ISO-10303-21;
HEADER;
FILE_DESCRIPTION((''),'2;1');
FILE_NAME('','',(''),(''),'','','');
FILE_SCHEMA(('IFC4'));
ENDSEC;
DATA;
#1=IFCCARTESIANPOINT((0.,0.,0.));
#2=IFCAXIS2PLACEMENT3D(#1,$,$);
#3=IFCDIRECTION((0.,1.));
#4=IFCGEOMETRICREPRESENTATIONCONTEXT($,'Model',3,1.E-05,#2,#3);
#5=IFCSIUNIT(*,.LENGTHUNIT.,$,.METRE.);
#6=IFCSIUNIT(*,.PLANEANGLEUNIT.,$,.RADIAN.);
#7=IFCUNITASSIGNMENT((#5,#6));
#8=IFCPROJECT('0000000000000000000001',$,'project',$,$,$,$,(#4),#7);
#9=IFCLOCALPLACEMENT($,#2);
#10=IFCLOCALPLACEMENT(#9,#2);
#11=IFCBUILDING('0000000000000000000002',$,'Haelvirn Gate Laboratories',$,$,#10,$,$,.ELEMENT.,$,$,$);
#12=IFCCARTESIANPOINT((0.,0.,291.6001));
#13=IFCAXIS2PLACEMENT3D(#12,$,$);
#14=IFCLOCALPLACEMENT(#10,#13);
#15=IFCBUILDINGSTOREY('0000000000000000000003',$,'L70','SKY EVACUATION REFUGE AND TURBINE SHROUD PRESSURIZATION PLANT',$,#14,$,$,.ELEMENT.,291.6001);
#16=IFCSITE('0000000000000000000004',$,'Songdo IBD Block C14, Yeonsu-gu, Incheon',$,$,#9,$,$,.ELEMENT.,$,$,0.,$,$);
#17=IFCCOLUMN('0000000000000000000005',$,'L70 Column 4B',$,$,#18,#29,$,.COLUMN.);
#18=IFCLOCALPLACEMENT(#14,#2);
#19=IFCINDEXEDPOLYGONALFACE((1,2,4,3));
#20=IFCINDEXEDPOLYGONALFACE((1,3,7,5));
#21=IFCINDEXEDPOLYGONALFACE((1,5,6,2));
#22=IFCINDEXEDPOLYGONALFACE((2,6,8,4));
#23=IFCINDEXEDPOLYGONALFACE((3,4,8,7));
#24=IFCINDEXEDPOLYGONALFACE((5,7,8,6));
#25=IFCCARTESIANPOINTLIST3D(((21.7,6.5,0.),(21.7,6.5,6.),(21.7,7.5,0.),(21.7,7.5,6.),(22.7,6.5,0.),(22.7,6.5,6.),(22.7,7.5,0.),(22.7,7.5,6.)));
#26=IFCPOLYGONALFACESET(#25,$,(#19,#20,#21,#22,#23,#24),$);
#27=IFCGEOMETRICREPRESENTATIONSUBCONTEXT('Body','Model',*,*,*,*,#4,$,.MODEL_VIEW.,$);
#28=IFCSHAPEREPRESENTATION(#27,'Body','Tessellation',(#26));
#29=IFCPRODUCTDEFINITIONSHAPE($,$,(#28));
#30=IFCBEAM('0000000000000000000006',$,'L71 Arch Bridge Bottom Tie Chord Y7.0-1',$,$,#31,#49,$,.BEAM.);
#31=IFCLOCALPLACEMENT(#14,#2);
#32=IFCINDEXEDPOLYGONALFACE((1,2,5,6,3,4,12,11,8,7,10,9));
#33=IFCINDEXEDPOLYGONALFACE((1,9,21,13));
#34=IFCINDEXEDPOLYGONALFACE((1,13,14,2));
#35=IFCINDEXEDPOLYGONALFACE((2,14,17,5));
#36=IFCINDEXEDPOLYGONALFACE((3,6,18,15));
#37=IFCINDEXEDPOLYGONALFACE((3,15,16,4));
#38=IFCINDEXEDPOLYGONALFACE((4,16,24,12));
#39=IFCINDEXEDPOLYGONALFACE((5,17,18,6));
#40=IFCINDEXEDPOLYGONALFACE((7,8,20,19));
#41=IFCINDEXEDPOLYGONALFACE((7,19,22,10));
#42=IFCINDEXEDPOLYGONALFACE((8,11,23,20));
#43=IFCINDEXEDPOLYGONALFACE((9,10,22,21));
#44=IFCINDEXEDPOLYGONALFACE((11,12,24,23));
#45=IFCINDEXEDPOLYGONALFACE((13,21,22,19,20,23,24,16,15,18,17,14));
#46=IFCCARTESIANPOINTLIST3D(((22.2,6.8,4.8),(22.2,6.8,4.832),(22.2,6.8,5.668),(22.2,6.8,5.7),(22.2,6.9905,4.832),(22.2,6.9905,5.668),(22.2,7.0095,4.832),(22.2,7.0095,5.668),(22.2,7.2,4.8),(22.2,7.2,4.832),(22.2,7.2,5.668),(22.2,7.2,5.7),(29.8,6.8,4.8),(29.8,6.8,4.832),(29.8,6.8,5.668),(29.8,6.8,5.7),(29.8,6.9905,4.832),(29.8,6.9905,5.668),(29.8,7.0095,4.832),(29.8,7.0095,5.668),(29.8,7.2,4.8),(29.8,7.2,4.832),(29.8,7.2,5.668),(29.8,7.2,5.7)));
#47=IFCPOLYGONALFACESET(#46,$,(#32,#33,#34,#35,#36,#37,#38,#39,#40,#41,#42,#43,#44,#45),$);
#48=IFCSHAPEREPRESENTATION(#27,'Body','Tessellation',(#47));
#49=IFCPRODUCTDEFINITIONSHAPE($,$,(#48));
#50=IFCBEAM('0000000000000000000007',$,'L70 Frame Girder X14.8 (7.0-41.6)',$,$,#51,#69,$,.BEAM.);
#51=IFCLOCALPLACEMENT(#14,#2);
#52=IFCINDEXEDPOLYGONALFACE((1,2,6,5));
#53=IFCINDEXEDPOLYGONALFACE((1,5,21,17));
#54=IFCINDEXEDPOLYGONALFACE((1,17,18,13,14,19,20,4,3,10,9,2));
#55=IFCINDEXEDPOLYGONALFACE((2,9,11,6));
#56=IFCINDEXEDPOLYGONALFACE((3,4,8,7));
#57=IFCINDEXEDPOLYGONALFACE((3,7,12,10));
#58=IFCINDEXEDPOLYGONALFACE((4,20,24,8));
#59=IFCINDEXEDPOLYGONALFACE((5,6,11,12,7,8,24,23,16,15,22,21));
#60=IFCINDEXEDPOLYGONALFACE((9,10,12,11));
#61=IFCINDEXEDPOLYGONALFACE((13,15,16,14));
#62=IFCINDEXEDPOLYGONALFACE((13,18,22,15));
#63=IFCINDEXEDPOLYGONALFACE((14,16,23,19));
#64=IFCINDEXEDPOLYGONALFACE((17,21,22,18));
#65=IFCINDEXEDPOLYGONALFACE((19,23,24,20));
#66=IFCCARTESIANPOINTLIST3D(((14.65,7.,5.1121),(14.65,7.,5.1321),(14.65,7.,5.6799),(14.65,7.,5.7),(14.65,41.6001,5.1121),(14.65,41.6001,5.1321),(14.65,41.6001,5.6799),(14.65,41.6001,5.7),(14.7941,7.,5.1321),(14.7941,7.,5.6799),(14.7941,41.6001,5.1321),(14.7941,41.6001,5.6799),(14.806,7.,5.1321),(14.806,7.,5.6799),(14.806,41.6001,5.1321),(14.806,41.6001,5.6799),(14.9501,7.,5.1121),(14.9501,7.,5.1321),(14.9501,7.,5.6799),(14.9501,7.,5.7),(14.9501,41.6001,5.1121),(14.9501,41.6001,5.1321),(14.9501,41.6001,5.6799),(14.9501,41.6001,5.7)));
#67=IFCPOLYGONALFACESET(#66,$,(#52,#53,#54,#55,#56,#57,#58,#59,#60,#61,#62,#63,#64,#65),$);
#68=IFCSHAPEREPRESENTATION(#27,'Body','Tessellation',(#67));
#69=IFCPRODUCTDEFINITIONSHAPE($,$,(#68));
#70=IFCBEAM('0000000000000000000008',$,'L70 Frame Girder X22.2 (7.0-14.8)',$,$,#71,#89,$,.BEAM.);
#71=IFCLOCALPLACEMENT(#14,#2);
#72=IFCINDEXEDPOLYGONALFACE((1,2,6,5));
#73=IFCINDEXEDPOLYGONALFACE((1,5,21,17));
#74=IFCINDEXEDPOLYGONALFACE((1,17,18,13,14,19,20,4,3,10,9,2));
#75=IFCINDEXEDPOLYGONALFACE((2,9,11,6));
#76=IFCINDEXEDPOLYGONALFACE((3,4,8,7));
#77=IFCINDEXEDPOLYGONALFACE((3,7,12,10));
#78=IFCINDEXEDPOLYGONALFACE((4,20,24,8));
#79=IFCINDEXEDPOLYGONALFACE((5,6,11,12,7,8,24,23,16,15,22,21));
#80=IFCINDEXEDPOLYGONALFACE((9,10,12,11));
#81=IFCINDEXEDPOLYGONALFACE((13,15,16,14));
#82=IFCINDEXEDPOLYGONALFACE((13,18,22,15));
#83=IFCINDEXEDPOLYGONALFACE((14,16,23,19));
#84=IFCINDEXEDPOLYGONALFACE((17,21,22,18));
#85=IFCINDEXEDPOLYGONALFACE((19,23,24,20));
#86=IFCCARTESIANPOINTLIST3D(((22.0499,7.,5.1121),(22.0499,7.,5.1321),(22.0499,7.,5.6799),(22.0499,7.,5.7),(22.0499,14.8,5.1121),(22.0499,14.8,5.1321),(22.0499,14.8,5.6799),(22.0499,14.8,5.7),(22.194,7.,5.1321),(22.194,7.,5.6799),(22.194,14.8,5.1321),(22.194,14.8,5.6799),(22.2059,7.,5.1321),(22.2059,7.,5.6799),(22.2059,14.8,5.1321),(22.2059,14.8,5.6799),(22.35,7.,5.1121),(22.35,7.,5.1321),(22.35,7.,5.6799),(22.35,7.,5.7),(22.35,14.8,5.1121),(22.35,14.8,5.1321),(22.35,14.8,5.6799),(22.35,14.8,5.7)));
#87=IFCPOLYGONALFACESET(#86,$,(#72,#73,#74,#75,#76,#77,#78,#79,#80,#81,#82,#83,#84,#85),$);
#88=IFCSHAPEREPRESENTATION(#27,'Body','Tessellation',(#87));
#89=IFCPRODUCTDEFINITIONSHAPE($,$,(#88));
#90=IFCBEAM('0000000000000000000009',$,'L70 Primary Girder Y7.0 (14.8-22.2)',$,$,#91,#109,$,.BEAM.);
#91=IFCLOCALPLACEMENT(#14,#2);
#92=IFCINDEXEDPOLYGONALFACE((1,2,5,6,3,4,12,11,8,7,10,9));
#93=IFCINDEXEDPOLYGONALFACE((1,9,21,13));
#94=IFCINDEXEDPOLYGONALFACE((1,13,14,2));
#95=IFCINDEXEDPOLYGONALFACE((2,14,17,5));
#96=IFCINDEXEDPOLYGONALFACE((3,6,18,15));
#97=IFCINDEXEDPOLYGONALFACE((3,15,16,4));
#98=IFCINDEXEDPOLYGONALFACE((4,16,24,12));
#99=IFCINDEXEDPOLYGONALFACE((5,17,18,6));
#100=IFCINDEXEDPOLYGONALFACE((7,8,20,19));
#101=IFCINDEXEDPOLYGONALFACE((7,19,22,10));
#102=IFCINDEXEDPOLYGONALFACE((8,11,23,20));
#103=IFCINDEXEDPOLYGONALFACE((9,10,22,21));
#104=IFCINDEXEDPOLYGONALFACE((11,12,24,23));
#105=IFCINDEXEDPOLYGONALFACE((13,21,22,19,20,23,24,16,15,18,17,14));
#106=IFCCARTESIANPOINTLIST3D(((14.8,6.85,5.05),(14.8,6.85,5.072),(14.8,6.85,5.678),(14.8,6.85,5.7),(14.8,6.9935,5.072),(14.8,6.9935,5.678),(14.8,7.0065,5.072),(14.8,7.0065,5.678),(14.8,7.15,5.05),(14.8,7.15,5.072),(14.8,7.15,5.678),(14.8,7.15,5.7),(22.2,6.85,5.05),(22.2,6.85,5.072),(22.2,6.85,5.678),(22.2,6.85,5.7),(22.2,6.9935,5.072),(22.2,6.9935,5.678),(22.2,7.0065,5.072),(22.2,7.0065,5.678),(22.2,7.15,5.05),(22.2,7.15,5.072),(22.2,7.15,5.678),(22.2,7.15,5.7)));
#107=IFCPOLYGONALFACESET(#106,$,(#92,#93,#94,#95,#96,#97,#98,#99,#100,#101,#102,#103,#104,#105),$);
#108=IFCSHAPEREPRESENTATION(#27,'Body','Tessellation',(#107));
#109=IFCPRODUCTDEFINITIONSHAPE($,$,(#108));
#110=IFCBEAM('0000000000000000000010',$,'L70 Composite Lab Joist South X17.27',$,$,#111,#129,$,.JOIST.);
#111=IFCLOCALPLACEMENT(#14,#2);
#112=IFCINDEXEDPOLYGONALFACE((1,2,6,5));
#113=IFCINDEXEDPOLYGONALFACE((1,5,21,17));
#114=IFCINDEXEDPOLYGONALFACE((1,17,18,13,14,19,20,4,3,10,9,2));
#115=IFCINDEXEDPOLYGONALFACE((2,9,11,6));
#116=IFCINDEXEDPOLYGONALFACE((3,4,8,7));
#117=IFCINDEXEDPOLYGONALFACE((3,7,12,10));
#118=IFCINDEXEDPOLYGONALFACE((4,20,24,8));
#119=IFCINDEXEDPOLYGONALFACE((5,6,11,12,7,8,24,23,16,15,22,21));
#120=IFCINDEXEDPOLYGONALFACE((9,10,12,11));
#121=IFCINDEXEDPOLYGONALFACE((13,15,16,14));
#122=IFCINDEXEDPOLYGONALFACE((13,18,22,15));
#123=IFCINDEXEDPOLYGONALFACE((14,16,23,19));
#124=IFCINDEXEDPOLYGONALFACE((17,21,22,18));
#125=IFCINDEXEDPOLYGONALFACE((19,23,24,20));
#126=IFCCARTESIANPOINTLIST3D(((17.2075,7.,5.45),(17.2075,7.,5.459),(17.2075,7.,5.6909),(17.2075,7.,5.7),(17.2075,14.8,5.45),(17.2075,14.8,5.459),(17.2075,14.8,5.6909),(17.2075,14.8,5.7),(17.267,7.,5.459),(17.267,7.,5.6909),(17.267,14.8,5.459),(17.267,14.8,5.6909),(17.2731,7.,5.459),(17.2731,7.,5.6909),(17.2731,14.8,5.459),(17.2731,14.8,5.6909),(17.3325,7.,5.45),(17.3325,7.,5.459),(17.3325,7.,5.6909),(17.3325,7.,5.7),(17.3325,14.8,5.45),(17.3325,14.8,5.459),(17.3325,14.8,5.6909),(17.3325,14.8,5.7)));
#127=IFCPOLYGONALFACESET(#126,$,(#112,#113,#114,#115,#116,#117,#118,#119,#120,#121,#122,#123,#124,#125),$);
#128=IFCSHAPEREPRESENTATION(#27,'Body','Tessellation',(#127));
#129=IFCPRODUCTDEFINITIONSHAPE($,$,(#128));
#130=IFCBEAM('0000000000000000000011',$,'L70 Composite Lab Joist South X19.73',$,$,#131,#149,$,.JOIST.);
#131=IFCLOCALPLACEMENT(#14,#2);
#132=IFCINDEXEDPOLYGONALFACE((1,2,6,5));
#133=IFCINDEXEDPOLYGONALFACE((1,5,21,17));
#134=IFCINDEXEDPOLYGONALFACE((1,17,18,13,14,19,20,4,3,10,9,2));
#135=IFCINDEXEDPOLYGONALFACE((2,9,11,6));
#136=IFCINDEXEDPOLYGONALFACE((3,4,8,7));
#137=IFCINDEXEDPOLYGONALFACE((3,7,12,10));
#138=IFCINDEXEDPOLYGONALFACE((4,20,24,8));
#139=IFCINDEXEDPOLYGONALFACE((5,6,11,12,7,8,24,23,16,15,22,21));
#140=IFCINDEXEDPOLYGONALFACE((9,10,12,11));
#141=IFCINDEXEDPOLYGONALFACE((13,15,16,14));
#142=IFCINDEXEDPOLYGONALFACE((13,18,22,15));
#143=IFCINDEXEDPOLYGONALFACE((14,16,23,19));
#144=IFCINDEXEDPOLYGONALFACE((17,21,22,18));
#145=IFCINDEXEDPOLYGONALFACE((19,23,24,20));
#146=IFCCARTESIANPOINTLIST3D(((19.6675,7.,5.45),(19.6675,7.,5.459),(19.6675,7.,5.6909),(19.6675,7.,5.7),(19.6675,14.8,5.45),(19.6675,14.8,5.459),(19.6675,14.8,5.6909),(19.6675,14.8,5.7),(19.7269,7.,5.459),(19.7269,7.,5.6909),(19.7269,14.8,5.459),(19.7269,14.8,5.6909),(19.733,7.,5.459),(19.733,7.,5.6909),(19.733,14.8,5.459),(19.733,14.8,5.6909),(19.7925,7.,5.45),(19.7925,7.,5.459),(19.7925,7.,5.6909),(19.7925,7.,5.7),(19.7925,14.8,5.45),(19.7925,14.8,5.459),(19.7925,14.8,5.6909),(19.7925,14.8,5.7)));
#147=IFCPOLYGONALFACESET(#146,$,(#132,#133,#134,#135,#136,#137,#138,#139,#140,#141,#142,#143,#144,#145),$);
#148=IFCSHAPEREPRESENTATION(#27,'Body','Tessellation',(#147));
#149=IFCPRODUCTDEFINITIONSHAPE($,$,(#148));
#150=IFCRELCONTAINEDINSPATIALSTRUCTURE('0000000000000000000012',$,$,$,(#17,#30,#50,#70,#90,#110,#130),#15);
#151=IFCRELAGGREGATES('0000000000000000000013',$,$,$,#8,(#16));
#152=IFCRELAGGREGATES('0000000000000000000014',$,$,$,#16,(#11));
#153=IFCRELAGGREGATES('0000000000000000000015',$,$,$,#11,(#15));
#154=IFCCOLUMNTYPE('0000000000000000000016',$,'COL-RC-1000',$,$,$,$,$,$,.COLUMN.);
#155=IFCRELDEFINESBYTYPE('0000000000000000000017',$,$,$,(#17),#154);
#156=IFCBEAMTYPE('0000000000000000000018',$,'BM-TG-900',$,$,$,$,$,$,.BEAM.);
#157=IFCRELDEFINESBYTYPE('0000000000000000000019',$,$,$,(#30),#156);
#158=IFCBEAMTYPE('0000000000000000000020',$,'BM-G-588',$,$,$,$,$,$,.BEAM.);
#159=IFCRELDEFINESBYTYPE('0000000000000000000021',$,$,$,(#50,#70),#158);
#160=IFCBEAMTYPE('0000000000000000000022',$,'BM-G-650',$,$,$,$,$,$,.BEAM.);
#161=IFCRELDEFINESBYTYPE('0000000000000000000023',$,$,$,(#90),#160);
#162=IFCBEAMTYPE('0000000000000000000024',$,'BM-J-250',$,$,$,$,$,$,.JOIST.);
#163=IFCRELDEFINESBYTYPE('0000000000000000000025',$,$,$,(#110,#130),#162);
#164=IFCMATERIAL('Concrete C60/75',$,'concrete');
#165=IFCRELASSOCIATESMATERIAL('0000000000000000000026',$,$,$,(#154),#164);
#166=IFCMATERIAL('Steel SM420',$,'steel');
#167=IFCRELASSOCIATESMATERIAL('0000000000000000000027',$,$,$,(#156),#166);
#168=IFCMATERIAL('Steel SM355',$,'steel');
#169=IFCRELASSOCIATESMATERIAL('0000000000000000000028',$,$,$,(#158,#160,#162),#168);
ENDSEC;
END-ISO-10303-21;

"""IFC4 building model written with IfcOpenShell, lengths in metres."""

from ifc_helpers import new_model, si_unit, direction, frame, origin, origin_2d, place, context, subcontext, project, spatial, rectangle, i_section, extrude, source, transform, mapped, material, material_profile, profile_set, type_object, type_shapes, element, save


model = new_model("IFC4")

# Units and contexts
model_context = context("Model", 3, precision=1e-05, world=origin(), true_north=direction((0.0, 1.0)))
body_context = subcontext(model_context, "Body", "Model", "MODEL_VIEW")
ifc_project = project(units=[si_unit("LENGTHUNIT", "METRE"), si_unit("PLANEANGLEUNIT", "RADIAN")], contexts=[model_context])

# Site, building, storey
site_placement = place(None, origin())
site = spatial("IfcSite", under=ifc_project, at=site_placement, Name="Songdo IBD Block C14, Yeonsu-gu, Incheon", CompositionType="ELEMENT", RefElevation=0.0)
building_placement = place(site_placement, origin())
building = spatial("IfcBuilding", under=site, at=building_placement, Name="Haelvirn Gate Laboratories", CompositionType="ELEMENT")
storey_placement = place(building_placement, frame((0.0, 0.0, 291.6001)))
storey = spatial("IfcBuildingStorey", under=building, at=storey_placement, Name="L70", Description="SKY EVACUATION REFUGE AND TURBINE SHROUD PRESSURIZATION PLANT", CompositionType="ELEMENT", Elevation=291.6001)

# Column
ifc_material_1 = material(Name="Concrete C60/75", Category="concrete")
ifc_material_profile_1 = material_profile(ifc_material_1, rectangle(XDim=1.0, YDim=1.0, at=origin_2d()), Name="RC-1000x1000")
ifc_profile_set_1 = profile_set([ifc_material_profile_1], Name="Concrete C60/75")
column_type = type_object("IfcColumnType", Name="COL-RC-1000", PredefinedType="COLUMN", material=ifc_profile_set_1)
shared_shape_1 = source(origin(), body_context, "Body", "SweptSolid", [
    extrude(rectangle(XDim=1.0, YDim=1.0, at=origin_2d()), origin(), (0.0, 0.0, 1.0), 6.0),
])
type_shapes(column_type, [shared_shape_1])
column_placement = place(storey_placement, frame((22.2, 7.0, 0.0), z_axis=(0.0, 0.0, 1.0), x_axis=(1.0, 0.0, 0.0)))
element("IfcColumn", 1, at=column_placement, inside=storey, type_object=column_type, Name="L70 Column 4B", PredefinedType="COLUMN", context=body_context, shape_type="MappedRepresentation", body=[
    mapped(shared_shape_1, transform((0.0, 0.0, 0.0), scale=1.0)),
])

# Beams
ifc_material_2 = material(Name="Steel SM420", Category="steel")
ifc_material_profile_2 = material_profile(ifc_material_2, i_section(OverallWidth=0.3999, OverallDepth=0.8999, WebThickness=0.019, FlangeThickness=0.032, at=origin_2d()), Name="H-900x400x19x32")
ifc_profile_set_2 = profile_set([ifc_material_profile_2], Name="Steel SM420")
beam_type_1 = type_object("IfcBeamType", Name="BM-TG-900", PredefinedType="BEAM", material=ifc_profile_set_2)
shared_shape_2 = source(origin(), body_context, "Body", "SweptSolid", [
    extrude(i_section(OverallWidth=0.3999, OverallDepth=0.8999, WebThickness=0.019, FlangeThickness=0.032, at=origin_2d()), origin(), (0.0, 0.0, 1.0), 7.6001),
])
type_shapes(beam_type_1, [shared_shape_2])
beam_1_placement = place(storey_placement, frame((22.2, 7.0, 5.25), z_axis=(1.0, 0.0, 0.0), x_axis=(0.0, 1.0, 0.0)))
element("IfcBeam", 2, at=beam_1_placement, inside=storey, type_object=beam_type_1, Name="L71 Arch Bridge Bottom Tie Chord Y7.0-1", PredefinedType="BEAM", context=body_context, shape_type="MappedRepresentation", body=[
    mapped(shared_shape_2, transform((0.0, 0.0, 0.0), scale=1.0)),
])
ifc_material_3 = material(Name="Steel SM355", Category="steel")
ifc_material_profile_3 = material_profile(ifc_material_3, i_section(OverallWidth=0.3, OverallDepth=0.5879, WebThickness=0.012, FlangeThickness=0.02, at=origin_2d()), Name="H-588x300x12x20")
ifc_profile_set_3 = profile_set([ifc_material_profile_3], Name="Steel SM355")
beam_type_2 = type_object("IfcBeamType", Name="BM-G-588", PredefinedType="BEAM", material=ifc_profile_set_3)
shared_shape_3 = source(origin(), body_context, "Body", "SweptSolid", [
    extrude(i_section(OverallWidth=0.3, OverallDepth=0.5879, WebThickness=0.012, FlangeThickness=0.02, at=origin_2d()), origin(), (0.0, 0.0, 1.0), 34.6001),
])
beam_2_placement = place(storey_placement, frame((14.8, 7.0, 5.406), z_axis=(0.0, 1.0, 0.0), x_axis=(-1.0, 0.0, 0.0)))
element("IfcBeam", 3, at=beam_2_placement, inside=storey, type_object=beam_type_2, Name="L70 Frame Girder X14.8 (7.0-41.6)", PredefinedType="BEAM", context=body_context, shape_type="MappedRepresentation", body=[
    mapped(shared_shape_3, transform((0.0, 0.0, 0.0), scale=1.0)),
])
shared_shape_4 = source(origin(), body_context, "Body", "SweptSolid", [
    extrude(i_section(OverallWidth=0.3, OverallDepth=0.5879, WebThickness=0.012, FlangeThickness=0.02, at=origin_2d()), origin(), (0.0, 0.0, 1.0), 7.8),
])
type_shapes(beam_type_2, [shared_shape_3, shared_shape_4])
beam_3_placement = place(storey_placement, frame((22.2, 7.0, 5.406), z_axis=(0.0, 1.0, 0.0), x_axis=(-1.0, 0.0, 0.0)))
element("IfcBeam", 4, at=beam_3_placement, inside=storey, type_object=beam_type_2, Name="L70 Frame Girder X22.2 (7.0-14.8)", PredefinedType="BEAM", context=body_context, shape_type="MappedRepresentation", body=[
    mapped(shared_shape_4, transform((0.0, 0.0, 0.0), scale=1.0)),
])
ifc_material_profile_4 = material_profile(ifc_material_3, i_section(OverallWidth=0.3, OverallDepth=0.6499, WebThickness=0.0129, FlangeThickness=0.022, at=origin_2d()), Name="H-650x300x13x22")
ifc_profile_set_4 = profile_set([ifc_material_profile_4], Name="Steel SM355")
beam_type_3 = type_object("IfcBeamType", Name="BM-G-650", PredefinedType="BEAM", material=ifc_profile_set_4)
shared_shape_5 = source(origin(), body_context, "Body", "SweptSolid", [
    extrude(i_section(OverallWidth=0.3, OverallDepth=0.6499, WebThickness=0.0129, FlangeThickness=0.022, at=origin_2d()), origin(), (0.0, 0.0, 1.0), 7.3999),
])
type_shapes(beam_type_3, [shared_shape_5])
beam_4_placement = place(storey_placement, frame((14.8, 7.0, 5.375), z_axis=(1.0, 0.0, 0.0), x_axis=(0.0, 1.0, 0.0)))
element("IfcBeam", 5, at=beam_4_placement, inside=storey, type_object=beam_type_3, Name="L70 Primary Girder Y7.0 (14.8-22.2)", PredefinedType="BEAM", context=body_context, shape_type="MappedRepresentation", body=[
    mapped(shared_shape_5, transform((0.0, 0.0, 0.0), scale=1.0)),
])
ifc_material_profile_5 = material_profile(ifc_material_3, i_section(OverallWidth=0.125, OverallDepth=0.25, WebThickness=0.0061, FlangeThickness=0.009, at=origin_2d()), Name="H-250x125x6x9")
ifc_profile_set_5 = profile_set([ifc_material_profile_5], Name="Steel SM355")
beam_type_4 = type_object("IfcBeamType", Name="BM-J-250", PredefinedType="JOIST", material=ifc_profile_set_5)
shared_shape_6 = source(origin(), body_context, "Body", "SweptSolid", [
    extrude(i_section(OverallWidth=0.125, OverallDepth=0.25, WebThickness=0.0061, FlangeThickness=0.009, at=origin_2d()), origin(), (0.0, 0.0, 1.0), 7.8),
])
type_shapes(beam_type_4, [shared_shape_6])
for number, where, z_axis, x_axis, name in (
    (6, (17.27, 7.0, 5.575), (0.0, 1.0, 0.0), (-1.0, 0.0, 0.0), "L70 Composite Lab Joist South X17.27"),
    (7, (19.73, 7.0, 5.575), (0.0, 1.0, 0.0), (-1.0, 0.0, 0.0), "L70 Composite Lab Joist South X19.73"),
):
    element("IfcBeam", number, at=place(storey_placement, frame(where, z_axis=z_axis, x_axis=x_axis)), inside=storey, type_object=beam_type_4, Name=name, PredefinedType="JOIST", context=body_context, shape_type="MappedRepresentation", body=[
        mapped(shared_shape_6, transform((0.0, 0.0, 0.0), scale=1.0)),
    ])

save(model, "model.ifc")
